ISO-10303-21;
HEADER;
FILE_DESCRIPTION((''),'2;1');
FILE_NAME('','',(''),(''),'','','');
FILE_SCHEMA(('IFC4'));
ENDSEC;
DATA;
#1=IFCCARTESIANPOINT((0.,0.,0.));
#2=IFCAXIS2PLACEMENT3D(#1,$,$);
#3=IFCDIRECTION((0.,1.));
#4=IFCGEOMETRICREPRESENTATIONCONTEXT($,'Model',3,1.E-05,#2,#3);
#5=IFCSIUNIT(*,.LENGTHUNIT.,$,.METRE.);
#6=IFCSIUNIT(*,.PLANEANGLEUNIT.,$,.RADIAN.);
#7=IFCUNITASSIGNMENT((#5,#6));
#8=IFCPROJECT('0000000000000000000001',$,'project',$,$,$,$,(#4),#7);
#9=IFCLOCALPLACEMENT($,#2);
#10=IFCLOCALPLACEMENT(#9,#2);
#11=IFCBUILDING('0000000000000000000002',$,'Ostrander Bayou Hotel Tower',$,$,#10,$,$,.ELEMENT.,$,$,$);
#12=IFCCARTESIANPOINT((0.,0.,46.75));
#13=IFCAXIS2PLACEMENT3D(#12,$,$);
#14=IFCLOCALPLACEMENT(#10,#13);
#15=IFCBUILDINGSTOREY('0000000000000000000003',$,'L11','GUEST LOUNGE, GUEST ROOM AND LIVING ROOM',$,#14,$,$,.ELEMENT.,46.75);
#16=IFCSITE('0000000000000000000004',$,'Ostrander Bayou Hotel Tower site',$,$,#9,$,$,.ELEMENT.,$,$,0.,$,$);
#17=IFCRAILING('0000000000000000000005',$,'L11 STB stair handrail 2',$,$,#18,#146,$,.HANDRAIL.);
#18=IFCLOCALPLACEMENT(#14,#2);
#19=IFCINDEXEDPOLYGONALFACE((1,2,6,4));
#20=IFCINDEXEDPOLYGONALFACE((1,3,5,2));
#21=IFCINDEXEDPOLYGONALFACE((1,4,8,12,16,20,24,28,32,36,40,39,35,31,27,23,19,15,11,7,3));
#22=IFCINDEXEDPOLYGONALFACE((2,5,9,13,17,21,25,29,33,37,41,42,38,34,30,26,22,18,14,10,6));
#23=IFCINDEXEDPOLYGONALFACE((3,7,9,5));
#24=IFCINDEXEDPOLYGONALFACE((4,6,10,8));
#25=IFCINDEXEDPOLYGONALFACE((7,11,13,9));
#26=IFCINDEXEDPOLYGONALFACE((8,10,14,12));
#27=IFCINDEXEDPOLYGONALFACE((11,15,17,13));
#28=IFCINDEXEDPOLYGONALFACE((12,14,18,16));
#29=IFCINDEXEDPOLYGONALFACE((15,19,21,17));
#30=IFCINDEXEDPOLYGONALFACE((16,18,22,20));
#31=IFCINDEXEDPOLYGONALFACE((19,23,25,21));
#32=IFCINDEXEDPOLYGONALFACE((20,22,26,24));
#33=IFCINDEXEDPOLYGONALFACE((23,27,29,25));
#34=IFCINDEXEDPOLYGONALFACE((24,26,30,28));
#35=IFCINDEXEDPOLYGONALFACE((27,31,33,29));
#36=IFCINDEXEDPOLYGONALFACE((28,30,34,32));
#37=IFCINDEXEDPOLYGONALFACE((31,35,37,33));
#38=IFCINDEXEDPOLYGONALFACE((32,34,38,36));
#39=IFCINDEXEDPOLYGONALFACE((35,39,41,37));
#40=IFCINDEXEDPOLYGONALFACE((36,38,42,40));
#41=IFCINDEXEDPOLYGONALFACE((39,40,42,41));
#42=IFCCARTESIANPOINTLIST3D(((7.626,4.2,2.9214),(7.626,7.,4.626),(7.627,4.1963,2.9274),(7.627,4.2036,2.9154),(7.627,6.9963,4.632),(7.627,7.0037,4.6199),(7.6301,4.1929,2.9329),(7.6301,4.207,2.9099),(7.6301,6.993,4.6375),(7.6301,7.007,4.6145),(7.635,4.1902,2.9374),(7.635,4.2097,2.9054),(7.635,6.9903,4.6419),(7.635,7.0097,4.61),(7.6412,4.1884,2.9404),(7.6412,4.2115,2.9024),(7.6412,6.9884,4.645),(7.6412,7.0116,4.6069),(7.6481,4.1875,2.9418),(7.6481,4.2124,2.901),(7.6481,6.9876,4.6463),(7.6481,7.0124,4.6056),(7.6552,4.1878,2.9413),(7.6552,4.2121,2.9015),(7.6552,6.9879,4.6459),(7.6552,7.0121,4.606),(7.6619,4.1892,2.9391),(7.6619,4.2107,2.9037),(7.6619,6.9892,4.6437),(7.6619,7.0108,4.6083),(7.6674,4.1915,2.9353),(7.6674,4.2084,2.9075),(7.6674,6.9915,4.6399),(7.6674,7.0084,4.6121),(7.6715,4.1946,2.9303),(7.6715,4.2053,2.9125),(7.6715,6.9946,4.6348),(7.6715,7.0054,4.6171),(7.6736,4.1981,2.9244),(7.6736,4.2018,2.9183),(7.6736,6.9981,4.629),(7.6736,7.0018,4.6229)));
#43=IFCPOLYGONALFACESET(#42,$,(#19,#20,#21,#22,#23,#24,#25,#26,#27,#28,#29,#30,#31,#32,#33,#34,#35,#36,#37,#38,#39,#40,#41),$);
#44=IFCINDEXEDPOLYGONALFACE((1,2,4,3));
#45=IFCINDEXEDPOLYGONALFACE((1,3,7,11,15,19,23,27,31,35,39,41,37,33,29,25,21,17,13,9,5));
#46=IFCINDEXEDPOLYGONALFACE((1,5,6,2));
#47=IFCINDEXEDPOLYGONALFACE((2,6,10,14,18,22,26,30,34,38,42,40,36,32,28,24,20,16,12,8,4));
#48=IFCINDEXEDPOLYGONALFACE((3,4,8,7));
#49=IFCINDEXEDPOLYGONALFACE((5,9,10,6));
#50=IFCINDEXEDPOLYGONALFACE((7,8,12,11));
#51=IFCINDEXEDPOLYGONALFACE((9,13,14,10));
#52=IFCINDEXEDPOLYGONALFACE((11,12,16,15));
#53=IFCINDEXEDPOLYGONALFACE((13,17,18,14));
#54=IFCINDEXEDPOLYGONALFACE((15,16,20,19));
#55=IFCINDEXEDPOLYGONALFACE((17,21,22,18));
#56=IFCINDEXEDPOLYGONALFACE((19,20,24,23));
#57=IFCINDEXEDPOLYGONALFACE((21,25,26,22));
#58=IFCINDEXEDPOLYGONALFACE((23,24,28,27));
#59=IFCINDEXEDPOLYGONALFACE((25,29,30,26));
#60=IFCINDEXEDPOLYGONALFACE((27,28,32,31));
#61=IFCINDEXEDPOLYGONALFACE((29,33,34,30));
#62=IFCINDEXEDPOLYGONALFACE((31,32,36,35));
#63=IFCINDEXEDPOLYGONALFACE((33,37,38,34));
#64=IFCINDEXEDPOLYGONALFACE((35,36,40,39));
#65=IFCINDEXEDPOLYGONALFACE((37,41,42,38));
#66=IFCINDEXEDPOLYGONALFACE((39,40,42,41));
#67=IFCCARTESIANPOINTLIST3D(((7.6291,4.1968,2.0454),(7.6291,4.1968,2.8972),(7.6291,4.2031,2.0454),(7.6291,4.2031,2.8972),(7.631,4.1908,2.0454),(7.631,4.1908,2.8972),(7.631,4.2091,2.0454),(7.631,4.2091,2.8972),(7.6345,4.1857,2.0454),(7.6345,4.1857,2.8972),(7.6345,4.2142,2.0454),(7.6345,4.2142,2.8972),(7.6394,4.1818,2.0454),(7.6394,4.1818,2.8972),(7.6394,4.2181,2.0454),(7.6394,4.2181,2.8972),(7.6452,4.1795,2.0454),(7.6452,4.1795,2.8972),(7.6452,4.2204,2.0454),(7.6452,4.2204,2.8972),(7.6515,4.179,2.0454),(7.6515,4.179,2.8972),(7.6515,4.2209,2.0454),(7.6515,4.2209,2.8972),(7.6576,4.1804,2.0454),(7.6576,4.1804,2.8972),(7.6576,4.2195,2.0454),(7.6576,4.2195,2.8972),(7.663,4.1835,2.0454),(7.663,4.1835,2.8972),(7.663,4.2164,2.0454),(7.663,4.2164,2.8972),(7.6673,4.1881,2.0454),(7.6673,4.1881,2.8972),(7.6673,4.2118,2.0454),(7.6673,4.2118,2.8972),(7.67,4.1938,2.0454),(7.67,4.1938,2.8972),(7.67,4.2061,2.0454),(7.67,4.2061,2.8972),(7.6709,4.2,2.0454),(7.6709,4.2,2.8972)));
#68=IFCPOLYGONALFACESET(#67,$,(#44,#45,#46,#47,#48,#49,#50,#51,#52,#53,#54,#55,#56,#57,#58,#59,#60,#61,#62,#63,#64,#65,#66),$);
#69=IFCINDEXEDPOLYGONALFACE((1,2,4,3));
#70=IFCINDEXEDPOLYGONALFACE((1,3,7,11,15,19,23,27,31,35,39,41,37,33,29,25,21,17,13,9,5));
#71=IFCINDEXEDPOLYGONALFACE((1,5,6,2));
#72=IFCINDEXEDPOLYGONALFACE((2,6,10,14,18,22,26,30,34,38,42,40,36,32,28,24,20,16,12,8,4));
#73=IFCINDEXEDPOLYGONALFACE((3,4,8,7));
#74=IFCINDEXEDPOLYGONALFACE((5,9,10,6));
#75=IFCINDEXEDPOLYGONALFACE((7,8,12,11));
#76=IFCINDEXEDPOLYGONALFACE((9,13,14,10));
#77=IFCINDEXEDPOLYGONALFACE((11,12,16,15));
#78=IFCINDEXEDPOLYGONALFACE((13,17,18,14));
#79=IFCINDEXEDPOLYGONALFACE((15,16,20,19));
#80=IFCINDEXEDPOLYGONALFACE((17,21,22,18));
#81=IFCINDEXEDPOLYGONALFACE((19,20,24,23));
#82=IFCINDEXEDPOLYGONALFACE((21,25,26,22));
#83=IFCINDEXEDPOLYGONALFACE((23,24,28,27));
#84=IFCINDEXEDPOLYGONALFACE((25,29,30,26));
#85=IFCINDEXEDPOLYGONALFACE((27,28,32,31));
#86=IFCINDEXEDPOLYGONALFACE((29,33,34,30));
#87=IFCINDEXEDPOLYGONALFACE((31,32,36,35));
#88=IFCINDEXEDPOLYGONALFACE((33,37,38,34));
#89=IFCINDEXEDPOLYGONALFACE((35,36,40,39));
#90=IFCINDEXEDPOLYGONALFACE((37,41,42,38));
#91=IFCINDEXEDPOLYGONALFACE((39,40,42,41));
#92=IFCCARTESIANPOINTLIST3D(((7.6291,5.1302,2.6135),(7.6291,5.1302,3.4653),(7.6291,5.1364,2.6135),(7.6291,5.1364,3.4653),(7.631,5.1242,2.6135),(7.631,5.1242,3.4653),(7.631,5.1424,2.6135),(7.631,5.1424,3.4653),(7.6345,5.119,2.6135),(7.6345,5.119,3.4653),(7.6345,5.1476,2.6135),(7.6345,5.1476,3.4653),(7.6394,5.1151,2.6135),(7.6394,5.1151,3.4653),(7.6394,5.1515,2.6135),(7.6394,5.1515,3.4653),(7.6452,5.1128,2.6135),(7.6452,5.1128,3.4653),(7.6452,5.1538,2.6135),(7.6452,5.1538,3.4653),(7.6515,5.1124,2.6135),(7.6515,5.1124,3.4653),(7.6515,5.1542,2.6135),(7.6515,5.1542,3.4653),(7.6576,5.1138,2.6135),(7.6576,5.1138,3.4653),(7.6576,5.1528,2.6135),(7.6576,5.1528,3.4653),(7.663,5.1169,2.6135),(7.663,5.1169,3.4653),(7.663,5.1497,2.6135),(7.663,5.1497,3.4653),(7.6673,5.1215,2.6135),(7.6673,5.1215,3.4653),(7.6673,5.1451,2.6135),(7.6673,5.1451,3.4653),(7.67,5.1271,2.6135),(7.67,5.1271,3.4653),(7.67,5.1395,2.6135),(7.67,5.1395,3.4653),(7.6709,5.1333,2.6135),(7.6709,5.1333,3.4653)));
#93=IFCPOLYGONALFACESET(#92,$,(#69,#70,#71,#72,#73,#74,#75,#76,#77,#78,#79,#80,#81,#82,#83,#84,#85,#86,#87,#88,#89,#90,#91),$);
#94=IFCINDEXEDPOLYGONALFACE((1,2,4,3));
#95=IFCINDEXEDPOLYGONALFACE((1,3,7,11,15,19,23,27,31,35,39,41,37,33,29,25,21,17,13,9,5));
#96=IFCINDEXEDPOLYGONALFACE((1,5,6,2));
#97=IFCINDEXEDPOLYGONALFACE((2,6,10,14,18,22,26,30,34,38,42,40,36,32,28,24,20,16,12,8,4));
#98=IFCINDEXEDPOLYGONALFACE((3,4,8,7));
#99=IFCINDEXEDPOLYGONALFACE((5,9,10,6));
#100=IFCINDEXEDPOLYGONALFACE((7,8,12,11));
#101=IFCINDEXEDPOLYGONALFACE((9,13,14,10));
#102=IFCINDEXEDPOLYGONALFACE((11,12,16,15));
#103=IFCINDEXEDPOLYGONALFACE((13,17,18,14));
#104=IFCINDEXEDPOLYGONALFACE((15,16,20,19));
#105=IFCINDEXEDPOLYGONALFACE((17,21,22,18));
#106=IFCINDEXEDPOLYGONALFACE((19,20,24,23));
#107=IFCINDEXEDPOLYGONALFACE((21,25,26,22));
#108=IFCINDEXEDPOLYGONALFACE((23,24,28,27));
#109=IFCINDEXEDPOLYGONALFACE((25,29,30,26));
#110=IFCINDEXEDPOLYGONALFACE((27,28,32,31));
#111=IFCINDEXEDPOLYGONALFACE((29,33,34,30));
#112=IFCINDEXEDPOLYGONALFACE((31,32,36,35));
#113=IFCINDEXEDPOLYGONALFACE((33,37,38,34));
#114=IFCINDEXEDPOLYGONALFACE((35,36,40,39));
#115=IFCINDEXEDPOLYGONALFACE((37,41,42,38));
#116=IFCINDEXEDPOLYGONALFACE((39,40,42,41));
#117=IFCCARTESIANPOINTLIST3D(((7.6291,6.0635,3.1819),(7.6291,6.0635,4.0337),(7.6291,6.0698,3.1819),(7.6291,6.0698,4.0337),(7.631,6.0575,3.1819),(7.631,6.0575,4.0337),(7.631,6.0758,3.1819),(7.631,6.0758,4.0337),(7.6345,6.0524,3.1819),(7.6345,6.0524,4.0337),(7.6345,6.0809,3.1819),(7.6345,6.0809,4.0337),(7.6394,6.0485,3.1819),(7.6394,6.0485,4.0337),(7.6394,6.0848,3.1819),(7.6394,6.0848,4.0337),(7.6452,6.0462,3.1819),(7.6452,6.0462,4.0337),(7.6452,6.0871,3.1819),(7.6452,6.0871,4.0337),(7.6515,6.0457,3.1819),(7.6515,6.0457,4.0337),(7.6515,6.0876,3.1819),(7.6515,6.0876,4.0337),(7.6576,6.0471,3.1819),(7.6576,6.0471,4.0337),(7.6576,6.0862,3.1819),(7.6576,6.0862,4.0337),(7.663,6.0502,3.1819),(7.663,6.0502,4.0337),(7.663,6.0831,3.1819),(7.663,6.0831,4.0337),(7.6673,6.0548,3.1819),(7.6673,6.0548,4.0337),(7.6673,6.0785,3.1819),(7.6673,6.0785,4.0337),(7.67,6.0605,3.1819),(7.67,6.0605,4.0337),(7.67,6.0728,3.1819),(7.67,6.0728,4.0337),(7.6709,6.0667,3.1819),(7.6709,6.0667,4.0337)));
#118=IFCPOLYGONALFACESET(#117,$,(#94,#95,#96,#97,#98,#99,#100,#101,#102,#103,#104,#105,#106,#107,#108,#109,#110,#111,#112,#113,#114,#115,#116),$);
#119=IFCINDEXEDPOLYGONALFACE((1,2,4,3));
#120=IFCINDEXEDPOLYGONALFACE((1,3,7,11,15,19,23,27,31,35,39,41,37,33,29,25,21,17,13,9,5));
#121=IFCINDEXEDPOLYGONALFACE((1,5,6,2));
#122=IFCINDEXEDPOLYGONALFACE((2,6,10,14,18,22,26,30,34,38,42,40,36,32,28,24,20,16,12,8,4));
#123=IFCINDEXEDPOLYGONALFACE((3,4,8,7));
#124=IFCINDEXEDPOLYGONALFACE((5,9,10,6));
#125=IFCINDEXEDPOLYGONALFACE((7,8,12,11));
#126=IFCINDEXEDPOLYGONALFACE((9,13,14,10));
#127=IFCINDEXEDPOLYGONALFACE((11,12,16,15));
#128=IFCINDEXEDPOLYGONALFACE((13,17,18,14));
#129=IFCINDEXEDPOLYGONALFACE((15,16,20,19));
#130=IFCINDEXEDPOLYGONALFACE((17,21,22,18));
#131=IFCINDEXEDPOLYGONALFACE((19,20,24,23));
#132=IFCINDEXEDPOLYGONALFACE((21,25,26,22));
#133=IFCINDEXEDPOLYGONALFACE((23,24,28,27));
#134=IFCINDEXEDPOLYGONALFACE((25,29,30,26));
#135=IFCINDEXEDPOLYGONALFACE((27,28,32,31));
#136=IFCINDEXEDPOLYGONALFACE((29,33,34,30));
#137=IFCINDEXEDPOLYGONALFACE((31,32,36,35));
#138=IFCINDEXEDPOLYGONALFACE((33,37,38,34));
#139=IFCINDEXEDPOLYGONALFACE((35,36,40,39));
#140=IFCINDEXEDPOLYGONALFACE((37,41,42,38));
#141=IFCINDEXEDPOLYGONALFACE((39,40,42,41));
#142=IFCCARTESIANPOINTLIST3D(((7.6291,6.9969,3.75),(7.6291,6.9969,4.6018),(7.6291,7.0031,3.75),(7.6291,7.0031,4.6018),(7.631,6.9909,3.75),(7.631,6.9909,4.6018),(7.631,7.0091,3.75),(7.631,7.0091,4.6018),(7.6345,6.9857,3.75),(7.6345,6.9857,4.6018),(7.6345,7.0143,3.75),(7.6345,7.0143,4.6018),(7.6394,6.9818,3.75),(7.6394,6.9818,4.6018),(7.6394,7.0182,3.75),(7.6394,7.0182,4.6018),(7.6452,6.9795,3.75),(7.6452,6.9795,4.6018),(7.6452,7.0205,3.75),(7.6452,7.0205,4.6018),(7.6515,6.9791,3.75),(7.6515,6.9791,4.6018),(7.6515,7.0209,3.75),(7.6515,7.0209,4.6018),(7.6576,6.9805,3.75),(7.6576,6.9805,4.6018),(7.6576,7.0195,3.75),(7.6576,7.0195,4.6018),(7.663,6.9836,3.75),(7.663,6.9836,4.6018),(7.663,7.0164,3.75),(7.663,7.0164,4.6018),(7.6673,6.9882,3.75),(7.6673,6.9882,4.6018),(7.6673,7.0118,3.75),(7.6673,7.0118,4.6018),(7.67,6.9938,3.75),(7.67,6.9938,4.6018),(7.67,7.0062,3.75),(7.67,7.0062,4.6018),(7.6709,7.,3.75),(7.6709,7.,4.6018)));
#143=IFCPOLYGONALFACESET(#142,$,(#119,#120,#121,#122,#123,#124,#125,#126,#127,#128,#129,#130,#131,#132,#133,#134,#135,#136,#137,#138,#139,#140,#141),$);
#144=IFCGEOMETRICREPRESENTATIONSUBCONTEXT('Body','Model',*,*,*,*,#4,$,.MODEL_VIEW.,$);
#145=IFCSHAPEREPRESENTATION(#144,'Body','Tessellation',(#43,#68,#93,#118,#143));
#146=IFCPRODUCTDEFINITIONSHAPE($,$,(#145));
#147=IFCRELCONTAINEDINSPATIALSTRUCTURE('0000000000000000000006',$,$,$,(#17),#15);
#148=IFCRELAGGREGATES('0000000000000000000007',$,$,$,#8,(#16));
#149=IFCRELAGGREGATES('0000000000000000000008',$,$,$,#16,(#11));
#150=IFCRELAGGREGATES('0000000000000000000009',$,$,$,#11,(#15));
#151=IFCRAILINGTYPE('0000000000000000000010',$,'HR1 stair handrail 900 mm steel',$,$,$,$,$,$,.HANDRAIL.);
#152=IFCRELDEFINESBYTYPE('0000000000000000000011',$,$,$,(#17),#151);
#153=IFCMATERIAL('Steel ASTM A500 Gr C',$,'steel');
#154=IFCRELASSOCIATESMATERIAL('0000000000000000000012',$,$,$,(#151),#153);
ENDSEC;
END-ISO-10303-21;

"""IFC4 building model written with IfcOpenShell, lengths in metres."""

from ifc_helpers import new_model, si_unit, direction, frame, origin, origin_2d, place, context, subcontext, project, spatial, circle, extrude, material, type_object, element, save


model = new_model("IFC4")

# Units and contexts
model_context = context("Model", 3, precision=1e-05, world=origin(), true_north=direction((0.0, 1.0)))
body_context = subcontext(model_context, "Body", "Model", "MODEL_VIEW")
ifc_project = project(units=[si_unit("LENGTHUNIT", "METRE"), si_unit("PLANEANGLEUNIT", "RADIAN")], contexts=[model_context])

# Site, building, storey
site_placement = place(None, origin())
site = spatial("IfcSite", under=ifc_project, at=site_placement, Name="Ostrander Bayou Hotel Tower site", CompositionType="ELEMENT", RefElevation=0.0)
building_placement = place(site_placement, origin())
building = spatial("IfcBuilding", under=site, at=building_placement, Name="Ostrander Bayou Hotel Tower", CompositionType="ELEMENT")
storey_placement = place(building_placement, frame((0.0, 0.0, 46.75)))
storey = spatial("IfcBuildingStorey", under=building, at=storey_placement, Name="L11", Description="GUEST LOUNGE, GUEST ROOM AND LIVING ROOM", CompositionType="ELEMENT", Elevation=46.75)

# Railing
ifc_material_1 = material(Name="Steel ASTM A500 Gr C", Category="steel")
railing_type_1 = type_object("IfcRailingType", Name="HR1 stair handrail 900 mm steel", PredefinedType="HANDRAIL", material=ifc_material_1)
railing_1_placement = place(storey_placement, frame((7.6499, 4.2, 2.0454)))
element("IfcRailing", 1, at=railing_1_placement, inside=storey, type_object=railing_type_1, Name="L11 STB stair handrail 2", PredefinedType="HANDRAIL", context=body_context, shape_type="SweptSolid", body=[
    extrude(circle(Radius=0.0239, at=origin_2d()), frame((0.0, 0.0, 0.876), z_axis=(0.0, 0.85417, 0.519994), x_axis=(-1.0, 0.0, 0.0)), (0.0, 0.0, 1.0), 3.2781),
    extrude(circle(Radius=0.021, at=origin_2d()), origin(), (0.0, 0.0, 1.0), 0.8518),
    extrude(circle(Radius=0.021, at=origin_2d()), frame((0.0, 0.9333, 0.5681)), (0.0, 0.0, 1.0), 0.8518),
    extrude(circle(Radius=0.021, at=origin_2d()), frame((0.0, 1.8667, 1.1365)), (0.0, 0.0, 1.0), 0.8518),
    extrude(circle(Radius=0.021, at=origin_2d()), frame((0.0, 2.8, 1.7046)), (0.0, 0.0, 1.0), 0.8518),
])

save(model, "model.ifc")
